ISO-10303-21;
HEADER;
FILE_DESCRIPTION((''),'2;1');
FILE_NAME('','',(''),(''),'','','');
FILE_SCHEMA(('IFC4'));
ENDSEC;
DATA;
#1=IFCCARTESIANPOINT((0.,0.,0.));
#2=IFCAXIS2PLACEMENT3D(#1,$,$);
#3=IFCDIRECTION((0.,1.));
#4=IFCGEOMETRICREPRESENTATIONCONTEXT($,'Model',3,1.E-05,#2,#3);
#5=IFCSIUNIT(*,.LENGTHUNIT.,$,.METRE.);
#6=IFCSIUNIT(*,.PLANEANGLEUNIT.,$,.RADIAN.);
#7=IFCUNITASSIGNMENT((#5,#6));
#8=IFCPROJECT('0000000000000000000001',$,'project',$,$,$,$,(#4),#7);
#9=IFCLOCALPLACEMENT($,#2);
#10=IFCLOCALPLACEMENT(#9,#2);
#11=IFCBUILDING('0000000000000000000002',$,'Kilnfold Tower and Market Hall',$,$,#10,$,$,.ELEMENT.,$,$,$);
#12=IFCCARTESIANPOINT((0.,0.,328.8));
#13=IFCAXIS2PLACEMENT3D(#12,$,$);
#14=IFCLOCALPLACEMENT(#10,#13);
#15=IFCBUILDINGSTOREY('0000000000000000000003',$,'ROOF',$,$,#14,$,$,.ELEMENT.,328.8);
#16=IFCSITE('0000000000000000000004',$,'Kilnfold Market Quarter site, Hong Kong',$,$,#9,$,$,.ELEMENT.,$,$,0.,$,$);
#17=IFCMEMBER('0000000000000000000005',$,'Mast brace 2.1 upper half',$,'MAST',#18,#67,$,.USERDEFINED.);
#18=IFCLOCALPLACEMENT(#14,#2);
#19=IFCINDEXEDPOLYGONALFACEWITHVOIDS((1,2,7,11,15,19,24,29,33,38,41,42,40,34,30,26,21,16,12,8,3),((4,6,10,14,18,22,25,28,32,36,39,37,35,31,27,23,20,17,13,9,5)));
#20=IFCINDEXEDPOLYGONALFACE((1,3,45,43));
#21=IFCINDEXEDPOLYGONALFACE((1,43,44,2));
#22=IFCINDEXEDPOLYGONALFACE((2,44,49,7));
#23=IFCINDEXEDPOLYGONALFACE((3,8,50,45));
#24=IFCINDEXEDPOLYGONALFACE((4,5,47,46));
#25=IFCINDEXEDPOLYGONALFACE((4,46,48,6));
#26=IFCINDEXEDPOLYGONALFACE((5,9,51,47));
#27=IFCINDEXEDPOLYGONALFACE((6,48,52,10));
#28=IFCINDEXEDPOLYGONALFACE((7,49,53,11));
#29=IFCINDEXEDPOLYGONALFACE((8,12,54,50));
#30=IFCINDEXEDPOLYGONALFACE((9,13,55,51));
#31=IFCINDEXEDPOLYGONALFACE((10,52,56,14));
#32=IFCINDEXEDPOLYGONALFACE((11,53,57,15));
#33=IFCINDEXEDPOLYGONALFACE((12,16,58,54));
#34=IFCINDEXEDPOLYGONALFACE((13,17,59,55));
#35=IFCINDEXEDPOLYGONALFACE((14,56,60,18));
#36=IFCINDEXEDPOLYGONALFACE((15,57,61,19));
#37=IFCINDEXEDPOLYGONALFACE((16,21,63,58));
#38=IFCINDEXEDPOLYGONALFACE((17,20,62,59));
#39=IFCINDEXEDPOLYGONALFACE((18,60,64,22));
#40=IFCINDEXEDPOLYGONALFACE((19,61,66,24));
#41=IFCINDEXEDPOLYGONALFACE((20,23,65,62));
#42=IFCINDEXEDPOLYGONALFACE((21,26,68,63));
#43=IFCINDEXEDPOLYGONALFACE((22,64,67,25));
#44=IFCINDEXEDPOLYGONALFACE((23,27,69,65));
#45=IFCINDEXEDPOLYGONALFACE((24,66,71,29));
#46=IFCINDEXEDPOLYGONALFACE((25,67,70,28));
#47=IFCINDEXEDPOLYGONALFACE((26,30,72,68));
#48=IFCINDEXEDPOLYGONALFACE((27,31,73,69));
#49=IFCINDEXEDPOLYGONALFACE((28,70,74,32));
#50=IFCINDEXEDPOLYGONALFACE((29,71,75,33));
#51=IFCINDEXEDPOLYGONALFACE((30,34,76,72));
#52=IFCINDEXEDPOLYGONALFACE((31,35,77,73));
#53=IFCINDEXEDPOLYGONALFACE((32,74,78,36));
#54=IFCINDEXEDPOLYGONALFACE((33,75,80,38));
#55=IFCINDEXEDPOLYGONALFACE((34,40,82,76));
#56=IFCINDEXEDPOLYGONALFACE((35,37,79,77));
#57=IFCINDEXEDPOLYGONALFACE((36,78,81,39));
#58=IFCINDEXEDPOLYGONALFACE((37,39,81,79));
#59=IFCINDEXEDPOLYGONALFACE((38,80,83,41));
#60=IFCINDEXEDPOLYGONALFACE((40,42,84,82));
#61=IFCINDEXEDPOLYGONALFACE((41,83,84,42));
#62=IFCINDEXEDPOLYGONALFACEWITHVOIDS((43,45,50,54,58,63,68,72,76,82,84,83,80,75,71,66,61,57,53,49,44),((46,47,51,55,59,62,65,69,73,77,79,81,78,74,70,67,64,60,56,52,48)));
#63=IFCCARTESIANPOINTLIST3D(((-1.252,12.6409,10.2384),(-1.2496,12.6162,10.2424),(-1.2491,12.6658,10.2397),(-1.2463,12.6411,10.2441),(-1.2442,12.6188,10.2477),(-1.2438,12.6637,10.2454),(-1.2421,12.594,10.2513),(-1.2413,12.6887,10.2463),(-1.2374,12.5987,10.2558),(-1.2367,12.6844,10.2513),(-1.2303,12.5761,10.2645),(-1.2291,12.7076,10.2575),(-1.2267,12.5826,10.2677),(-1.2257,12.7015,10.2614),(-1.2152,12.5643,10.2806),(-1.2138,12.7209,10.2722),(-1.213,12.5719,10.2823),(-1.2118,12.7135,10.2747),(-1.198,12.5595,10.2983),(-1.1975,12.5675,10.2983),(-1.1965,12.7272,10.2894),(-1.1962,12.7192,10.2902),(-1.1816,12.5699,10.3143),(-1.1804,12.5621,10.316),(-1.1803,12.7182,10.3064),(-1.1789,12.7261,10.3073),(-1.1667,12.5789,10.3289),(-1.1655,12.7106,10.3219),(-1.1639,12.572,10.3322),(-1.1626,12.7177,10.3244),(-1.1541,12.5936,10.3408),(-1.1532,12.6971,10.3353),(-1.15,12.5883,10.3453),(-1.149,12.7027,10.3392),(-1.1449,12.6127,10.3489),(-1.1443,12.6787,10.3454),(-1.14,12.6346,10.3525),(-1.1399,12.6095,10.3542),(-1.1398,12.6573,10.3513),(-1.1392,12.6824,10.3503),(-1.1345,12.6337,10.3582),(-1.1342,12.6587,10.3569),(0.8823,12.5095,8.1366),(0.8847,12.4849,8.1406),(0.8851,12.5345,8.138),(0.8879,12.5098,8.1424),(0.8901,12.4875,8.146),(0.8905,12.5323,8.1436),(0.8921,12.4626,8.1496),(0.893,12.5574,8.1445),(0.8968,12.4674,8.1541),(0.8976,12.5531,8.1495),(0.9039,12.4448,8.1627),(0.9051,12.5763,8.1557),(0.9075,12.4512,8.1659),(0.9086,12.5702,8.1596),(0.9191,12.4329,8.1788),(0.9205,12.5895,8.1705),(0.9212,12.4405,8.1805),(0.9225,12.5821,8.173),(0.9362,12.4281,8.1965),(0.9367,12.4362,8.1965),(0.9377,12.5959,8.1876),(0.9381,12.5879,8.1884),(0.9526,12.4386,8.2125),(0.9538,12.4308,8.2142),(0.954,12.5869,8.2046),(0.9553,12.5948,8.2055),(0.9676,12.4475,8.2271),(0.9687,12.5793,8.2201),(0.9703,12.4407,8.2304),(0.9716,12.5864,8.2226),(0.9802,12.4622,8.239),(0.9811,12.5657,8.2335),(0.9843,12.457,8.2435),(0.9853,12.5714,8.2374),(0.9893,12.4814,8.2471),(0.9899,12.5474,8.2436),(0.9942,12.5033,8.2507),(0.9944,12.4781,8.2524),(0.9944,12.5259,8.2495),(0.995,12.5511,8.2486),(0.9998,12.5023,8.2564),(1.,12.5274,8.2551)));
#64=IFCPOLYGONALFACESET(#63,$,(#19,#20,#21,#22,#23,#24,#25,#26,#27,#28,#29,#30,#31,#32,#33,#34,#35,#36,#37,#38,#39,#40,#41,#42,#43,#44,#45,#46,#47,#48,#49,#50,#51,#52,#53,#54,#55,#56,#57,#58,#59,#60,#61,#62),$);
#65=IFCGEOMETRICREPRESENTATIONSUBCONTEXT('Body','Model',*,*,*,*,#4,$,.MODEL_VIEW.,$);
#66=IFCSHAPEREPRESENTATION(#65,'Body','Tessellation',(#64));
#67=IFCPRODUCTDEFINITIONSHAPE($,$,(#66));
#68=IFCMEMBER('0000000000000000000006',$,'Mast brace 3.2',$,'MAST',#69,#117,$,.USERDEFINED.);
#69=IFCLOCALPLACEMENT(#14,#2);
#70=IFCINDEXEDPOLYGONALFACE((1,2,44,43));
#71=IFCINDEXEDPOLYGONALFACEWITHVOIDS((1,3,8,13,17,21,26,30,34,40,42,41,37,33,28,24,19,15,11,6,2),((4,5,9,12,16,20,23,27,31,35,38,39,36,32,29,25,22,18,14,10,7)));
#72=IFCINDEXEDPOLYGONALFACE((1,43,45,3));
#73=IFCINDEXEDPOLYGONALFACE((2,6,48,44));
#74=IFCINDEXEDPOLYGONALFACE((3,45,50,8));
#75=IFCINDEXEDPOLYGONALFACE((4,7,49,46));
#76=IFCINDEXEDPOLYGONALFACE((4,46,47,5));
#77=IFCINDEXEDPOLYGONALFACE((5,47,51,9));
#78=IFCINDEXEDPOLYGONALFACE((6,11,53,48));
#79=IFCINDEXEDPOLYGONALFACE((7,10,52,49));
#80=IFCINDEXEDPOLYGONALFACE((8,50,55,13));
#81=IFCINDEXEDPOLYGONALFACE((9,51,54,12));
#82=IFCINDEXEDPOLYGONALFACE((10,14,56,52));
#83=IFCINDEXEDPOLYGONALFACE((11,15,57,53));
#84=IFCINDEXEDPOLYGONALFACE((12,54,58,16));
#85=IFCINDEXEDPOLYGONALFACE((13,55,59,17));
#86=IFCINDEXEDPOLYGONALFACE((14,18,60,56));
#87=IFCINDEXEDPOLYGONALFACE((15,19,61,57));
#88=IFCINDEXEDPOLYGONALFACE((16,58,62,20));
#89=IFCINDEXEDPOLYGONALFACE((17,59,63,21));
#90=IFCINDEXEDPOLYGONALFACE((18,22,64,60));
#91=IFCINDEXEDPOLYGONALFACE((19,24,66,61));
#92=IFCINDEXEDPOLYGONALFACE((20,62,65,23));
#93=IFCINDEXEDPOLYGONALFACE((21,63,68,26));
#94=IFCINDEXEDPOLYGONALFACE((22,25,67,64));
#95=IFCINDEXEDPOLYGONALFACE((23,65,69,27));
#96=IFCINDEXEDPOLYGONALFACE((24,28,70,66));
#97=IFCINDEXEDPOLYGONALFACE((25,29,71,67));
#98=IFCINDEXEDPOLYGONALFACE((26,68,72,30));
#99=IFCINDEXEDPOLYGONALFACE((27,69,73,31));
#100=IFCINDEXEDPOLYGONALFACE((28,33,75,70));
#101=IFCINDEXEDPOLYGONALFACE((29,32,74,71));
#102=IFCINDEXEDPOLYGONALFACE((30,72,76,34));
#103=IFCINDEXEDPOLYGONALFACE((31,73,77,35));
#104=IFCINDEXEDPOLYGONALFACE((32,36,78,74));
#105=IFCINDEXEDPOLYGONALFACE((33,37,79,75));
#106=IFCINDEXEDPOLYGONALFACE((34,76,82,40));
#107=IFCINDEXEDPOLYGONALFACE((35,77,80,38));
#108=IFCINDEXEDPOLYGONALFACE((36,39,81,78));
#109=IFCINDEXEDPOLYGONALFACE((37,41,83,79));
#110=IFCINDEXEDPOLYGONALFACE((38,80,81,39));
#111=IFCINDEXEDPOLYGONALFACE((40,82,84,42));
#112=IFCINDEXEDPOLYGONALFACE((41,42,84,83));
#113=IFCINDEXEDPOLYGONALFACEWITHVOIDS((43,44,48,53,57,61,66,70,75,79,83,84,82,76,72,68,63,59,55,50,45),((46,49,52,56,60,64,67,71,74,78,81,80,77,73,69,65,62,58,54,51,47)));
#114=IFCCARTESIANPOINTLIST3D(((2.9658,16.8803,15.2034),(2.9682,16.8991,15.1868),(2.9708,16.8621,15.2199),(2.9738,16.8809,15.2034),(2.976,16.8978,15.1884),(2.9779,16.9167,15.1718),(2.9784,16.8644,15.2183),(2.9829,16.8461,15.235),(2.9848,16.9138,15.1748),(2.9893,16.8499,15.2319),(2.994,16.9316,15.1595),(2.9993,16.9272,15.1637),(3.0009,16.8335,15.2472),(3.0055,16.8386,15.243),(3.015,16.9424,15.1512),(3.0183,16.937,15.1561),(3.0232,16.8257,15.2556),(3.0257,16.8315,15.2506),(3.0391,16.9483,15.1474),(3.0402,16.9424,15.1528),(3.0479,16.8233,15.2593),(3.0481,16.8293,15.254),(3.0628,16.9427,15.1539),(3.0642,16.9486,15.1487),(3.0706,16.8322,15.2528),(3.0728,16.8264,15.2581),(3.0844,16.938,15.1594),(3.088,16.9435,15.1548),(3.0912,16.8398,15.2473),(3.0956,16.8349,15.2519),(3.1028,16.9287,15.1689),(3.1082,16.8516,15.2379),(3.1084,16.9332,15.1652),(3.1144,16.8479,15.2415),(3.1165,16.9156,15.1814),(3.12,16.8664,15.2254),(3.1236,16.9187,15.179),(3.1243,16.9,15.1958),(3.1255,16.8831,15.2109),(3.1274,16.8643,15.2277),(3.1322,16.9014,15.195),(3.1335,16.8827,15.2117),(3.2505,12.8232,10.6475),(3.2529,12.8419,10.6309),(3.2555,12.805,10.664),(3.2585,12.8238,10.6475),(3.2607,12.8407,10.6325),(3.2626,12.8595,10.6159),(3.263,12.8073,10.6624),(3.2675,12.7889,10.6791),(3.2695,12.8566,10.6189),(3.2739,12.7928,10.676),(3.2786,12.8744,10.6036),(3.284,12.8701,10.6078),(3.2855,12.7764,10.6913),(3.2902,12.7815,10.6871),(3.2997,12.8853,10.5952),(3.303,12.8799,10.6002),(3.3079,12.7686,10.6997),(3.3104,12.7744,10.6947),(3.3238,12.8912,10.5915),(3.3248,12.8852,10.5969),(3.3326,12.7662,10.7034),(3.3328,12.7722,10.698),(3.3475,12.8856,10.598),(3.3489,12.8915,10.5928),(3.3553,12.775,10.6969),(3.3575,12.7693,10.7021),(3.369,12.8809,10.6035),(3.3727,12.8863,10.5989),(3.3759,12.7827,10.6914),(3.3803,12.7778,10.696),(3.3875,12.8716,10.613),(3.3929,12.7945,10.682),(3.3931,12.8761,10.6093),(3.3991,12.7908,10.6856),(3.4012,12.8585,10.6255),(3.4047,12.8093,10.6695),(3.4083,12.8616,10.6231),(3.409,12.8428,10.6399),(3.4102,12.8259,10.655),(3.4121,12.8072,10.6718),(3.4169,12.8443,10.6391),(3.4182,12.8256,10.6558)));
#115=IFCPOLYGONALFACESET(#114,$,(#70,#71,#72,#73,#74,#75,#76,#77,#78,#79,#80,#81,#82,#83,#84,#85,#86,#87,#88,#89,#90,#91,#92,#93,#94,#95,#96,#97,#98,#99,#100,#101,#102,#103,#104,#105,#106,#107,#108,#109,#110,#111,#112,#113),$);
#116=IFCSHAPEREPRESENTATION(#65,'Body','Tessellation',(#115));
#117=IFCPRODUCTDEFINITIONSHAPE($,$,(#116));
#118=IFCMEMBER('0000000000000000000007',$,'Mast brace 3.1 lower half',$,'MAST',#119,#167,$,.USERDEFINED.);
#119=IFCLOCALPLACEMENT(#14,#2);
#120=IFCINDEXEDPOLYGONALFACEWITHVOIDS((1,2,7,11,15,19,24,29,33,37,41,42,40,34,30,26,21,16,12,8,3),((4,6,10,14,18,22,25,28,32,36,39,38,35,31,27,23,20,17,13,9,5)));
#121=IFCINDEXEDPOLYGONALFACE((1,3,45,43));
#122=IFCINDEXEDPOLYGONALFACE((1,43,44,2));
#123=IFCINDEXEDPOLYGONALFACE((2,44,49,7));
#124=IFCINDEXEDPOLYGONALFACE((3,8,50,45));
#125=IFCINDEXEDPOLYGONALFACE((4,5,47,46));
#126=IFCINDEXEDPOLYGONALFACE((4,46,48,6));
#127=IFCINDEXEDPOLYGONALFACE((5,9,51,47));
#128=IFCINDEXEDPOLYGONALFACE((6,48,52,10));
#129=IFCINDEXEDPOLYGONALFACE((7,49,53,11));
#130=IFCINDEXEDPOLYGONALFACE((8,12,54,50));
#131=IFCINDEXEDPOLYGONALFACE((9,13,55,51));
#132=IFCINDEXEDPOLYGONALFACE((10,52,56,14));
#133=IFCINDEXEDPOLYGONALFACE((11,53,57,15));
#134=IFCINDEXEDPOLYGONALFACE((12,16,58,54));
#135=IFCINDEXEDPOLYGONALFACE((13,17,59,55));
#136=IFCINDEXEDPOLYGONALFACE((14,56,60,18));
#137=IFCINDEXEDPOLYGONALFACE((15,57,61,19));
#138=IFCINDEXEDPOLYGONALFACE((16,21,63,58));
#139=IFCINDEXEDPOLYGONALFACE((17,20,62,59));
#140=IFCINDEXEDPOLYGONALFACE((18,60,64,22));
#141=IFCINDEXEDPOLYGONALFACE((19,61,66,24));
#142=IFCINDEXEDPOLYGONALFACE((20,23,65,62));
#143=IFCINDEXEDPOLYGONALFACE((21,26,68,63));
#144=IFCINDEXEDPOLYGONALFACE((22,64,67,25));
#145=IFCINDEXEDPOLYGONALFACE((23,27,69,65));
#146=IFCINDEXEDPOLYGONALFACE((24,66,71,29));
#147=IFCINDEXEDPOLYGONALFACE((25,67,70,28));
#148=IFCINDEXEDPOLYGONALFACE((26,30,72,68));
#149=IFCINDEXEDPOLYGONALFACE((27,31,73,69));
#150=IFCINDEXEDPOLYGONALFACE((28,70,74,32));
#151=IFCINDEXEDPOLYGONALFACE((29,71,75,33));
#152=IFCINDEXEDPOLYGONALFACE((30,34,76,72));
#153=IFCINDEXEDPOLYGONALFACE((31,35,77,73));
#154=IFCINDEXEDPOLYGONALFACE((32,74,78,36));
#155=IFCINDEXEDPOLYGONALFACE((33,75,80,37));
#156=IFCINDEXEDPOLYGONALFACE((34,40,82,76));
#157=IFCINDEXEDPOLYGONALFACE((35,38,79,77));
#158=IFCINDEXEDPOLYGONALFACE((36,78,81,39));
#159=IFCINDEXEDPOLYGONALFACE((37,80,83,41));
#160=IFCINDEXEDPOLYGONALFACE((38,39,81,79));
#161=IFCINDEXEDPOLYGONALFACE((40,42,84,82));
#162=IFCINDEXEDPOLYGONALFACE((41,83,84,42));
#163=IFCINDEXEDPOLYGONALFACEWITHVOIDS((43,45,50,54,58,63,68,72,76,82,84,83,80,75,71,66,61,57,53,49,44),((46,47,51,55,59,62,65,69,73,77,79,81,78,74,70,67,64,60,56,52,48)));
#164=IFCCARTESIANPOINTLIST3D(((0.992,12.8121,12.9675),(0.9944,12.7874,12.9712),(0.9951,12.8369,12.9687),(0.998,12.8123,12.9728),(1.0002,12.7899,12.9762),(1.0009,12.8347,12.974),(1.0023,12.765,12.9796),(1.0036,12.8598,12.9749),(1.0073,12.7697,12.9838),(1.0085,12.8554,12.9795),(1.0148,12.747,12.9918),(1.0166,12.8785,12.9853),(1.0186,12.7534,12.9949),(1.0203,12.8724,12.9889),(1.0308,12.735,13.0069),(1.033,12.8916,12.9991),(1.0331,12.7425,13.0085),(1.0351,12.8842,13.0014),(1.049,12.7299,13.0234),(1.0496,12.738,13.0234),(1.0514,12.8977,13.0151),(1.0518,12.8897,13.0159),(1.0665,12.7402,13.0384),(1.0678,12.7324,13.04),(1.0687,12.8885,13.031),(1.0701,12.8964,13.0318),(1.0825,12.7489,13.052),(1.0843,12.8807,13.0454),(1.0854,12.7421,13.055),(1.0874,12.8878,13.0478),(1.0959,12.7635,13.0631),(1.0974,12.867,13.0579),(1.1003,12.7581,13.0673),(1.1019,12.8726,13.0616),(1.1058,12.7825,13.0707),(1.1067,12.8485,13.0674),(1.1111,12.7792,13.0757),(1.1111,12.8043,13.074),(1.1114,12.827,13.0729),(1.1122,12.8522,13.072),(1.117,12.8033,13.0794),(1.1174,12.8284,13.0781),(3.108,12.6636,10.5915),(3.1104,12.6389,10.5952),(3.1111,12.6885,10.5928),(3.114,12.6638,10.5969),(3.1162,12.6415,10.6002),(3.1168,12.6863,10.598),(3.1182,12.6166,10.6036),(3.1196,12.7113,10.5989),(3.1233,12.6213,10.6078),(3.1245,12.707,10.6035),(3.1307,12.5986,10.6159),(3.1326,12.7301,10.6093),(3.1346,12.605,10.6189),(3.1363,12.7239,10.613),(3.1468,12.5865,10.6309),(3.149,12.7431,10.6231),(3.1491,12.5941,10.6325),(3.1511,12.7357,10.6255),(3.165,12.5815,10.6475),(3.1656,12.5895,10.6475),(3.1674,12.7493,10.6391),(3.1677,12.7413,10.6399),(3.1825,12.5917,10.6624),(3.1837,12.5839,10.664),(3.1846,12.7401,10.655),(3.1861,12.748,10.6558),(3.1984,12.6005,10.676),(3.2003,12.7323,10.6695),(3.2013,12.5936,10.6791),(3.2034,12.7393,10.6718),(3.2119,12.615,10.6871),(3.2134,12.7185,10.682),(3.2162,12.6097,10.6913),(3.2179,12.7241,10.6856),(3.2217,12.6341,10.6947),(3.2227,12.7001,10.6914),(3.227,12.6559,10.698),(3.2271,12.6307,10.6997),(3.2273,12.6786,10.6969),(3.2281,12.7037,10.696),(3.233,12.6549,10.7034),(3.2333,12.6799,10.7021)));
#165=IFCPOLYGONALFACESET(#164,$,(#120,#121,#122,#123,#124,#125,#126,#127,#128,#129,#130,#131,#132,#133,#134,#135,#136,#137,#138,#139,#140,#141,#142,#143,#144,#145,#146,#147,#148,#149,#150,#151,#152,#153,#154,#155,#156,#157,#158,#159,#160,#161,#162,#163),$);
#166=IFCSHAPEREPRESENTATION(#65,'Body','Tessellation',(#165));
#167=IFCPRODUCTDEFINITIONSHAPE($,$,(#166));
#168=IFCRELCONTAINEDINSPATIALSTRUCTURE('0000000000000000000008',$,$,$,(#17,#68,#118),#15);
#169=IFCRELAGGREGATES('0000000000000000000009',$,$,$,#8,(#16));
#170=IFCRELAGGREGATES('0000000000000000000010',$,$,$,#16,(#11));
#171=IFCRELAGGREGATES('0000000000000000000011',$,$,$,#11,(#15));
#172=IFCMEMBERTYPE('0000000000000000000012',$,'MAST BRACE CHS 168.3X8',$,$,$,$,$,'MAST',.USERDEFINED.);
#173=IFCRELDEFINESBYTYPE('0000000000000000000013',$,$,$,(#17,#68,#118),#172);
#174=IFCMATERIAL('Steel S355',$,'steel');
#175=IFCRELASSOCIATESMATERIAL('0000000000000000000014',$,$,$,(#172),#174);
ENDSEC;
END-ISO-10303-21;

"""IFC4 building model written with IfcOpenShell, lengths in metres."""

from ifc_helpers import new_model, si_unit, direction, frame, origin, origin_2d, place, context, subcontext, project, spatial, hollow_circle, extrude, source, transform, mapped, material, material_profile, profile_set, type_object, element, save


model = new_model("IFC4")

# Units and contexts
model_context = context("Model", 3, precision=1e-05, world=origin(), true_north=direction((0.0, 1.0)))
body_context = subcontext(model_context, "Body", "Model", "MODEL_VIEW")
ifc_project = project(units=[si_unit("LENGTHUNIT", "METRE"), si_unit("PLANEANGLEUNIT", "RADIAN")], contexts=[model_context])

# Site, building, storey
site_placement = place(None, origin())
site = spatial("IfcSite", under=ifc_project, at=site_placement, Name="Kilnfold Market Quarter site, Hong Kong", CompositionType="ELEMENT", RefElevation=0.0)
building_placement = place(site_placement, origin())
building = spatial("IfcBuilding", under=site, at=building_placement, Name="Kilnfold Tower and Market Hall", CompositionType="ELEMENT")
storey_placement = place(building_placement, frame((0.0, 0.0, 328.8)))
storey = spatial("IfcBuildingStorey", under=building, at=storey_placement, Name="ROOF", CompositionType="ELEMENT", Elevation=328.8)

# Members
ifc_material_1 = material(Name="Steel S355", Category="steel")
ifc_material_profile_1 = material_profile(ifc_material_1, hollow_circle(Radius=0.0842, WallThickness=0.0081, at=origin_2d()), Name="CHS 168.3x8")
ifc_profile_set_1 = profile_set([ifc_material_profile_1], Name="Steel S355")
member_type_1 = type_object("IfcMemberType", Name="MAST BRACE CHS 168.3X8", ElementType="MAST", PredefinedType="USERDEFINED", material=ifc_profile_set_1)
shared_shape_1 = source(origin(), body_context, "Body", "SweptSolid", [
    extrude(hollow_circle(Radius=0.0842, WallThickness=0.0081, at=origin_2d()), origin(), (0.0, 0.0, 1.0), 2.9983),
])
member_1_placement = place(storey_placement, frame((0.9414, 12.5122, 8.1965), z_axis=(-0.711822, 0.043807, 0.700992), x_axis=(-0.061426, -0.998112, 0.0)))
element("IfcMember", 1, at=member_1_placement, inside=storey, type_object=member_type_1, Name="Mast brace 2.1 upper half", ObjectType="MAST", PredefinedType="USERDEFINED", context=body_context, shape_type="MappedRepresentation", body=[
    mapped(shared_shape_1, transform((0.0, 0.0, 0.0))),
])
shared_shape_2 = source(origin(), body_context, "Body", "SweptSolid", [
    extrude(hollow_circle(Radius=0.0842, WallThickness=0.0081, at=origin_2d()), origin(), (0.0, 0.0, 1.0), 6.1072),
])
member_2_placement = place(storey_placement, frame((3.3345, 12.8291, 10.6475), z_axis=(-0.046612, 0.664321, 0.745992), x_axis=(-0.997547, -0.069993, 0.0)))
element("IfcMember", 2, at=member_2_placement, inside=storey, type_object=member_type_1, Name="Mast brace 3.2", ObjectType="MAST", PredefinedType="USERDEFINED", context=body_context, shape_type="MappedRepresentation", body=[
    mapped(shared_shape_2, transform((0.0, 0.0, 0.0))),
])
shared_shape_3 = source(origin(), body_context, "Body", "SweptSolid", [
    extrude(hollow_circle(Radius=0.0842, WallThickness=0.0081, at=origin_2d()), origin(), (0.0, 0.0, 1.0), 3.1851),
])
member_3_placement = place(storey_placement, frame((3.1709, 12.6655, 10.6475), z_axis=(-0.664341, 0.046604, 0.745975), x_axis=(-0.069979, -0.997548, 0.0)))
element("IfcMember", 3, at=member_3_placement, inside=storey, type_object=member_type_1, Name="Mast brace 3.1 lower half", ObjectType="MAST", PredefinedType="USERDEFINED", context=body_context, shape_type="MappedRepresentation", body=[
    mapped(shared_shape_3, transform((0.0, 0.0, 0.0))),
])

save(model, "model.ifc")
